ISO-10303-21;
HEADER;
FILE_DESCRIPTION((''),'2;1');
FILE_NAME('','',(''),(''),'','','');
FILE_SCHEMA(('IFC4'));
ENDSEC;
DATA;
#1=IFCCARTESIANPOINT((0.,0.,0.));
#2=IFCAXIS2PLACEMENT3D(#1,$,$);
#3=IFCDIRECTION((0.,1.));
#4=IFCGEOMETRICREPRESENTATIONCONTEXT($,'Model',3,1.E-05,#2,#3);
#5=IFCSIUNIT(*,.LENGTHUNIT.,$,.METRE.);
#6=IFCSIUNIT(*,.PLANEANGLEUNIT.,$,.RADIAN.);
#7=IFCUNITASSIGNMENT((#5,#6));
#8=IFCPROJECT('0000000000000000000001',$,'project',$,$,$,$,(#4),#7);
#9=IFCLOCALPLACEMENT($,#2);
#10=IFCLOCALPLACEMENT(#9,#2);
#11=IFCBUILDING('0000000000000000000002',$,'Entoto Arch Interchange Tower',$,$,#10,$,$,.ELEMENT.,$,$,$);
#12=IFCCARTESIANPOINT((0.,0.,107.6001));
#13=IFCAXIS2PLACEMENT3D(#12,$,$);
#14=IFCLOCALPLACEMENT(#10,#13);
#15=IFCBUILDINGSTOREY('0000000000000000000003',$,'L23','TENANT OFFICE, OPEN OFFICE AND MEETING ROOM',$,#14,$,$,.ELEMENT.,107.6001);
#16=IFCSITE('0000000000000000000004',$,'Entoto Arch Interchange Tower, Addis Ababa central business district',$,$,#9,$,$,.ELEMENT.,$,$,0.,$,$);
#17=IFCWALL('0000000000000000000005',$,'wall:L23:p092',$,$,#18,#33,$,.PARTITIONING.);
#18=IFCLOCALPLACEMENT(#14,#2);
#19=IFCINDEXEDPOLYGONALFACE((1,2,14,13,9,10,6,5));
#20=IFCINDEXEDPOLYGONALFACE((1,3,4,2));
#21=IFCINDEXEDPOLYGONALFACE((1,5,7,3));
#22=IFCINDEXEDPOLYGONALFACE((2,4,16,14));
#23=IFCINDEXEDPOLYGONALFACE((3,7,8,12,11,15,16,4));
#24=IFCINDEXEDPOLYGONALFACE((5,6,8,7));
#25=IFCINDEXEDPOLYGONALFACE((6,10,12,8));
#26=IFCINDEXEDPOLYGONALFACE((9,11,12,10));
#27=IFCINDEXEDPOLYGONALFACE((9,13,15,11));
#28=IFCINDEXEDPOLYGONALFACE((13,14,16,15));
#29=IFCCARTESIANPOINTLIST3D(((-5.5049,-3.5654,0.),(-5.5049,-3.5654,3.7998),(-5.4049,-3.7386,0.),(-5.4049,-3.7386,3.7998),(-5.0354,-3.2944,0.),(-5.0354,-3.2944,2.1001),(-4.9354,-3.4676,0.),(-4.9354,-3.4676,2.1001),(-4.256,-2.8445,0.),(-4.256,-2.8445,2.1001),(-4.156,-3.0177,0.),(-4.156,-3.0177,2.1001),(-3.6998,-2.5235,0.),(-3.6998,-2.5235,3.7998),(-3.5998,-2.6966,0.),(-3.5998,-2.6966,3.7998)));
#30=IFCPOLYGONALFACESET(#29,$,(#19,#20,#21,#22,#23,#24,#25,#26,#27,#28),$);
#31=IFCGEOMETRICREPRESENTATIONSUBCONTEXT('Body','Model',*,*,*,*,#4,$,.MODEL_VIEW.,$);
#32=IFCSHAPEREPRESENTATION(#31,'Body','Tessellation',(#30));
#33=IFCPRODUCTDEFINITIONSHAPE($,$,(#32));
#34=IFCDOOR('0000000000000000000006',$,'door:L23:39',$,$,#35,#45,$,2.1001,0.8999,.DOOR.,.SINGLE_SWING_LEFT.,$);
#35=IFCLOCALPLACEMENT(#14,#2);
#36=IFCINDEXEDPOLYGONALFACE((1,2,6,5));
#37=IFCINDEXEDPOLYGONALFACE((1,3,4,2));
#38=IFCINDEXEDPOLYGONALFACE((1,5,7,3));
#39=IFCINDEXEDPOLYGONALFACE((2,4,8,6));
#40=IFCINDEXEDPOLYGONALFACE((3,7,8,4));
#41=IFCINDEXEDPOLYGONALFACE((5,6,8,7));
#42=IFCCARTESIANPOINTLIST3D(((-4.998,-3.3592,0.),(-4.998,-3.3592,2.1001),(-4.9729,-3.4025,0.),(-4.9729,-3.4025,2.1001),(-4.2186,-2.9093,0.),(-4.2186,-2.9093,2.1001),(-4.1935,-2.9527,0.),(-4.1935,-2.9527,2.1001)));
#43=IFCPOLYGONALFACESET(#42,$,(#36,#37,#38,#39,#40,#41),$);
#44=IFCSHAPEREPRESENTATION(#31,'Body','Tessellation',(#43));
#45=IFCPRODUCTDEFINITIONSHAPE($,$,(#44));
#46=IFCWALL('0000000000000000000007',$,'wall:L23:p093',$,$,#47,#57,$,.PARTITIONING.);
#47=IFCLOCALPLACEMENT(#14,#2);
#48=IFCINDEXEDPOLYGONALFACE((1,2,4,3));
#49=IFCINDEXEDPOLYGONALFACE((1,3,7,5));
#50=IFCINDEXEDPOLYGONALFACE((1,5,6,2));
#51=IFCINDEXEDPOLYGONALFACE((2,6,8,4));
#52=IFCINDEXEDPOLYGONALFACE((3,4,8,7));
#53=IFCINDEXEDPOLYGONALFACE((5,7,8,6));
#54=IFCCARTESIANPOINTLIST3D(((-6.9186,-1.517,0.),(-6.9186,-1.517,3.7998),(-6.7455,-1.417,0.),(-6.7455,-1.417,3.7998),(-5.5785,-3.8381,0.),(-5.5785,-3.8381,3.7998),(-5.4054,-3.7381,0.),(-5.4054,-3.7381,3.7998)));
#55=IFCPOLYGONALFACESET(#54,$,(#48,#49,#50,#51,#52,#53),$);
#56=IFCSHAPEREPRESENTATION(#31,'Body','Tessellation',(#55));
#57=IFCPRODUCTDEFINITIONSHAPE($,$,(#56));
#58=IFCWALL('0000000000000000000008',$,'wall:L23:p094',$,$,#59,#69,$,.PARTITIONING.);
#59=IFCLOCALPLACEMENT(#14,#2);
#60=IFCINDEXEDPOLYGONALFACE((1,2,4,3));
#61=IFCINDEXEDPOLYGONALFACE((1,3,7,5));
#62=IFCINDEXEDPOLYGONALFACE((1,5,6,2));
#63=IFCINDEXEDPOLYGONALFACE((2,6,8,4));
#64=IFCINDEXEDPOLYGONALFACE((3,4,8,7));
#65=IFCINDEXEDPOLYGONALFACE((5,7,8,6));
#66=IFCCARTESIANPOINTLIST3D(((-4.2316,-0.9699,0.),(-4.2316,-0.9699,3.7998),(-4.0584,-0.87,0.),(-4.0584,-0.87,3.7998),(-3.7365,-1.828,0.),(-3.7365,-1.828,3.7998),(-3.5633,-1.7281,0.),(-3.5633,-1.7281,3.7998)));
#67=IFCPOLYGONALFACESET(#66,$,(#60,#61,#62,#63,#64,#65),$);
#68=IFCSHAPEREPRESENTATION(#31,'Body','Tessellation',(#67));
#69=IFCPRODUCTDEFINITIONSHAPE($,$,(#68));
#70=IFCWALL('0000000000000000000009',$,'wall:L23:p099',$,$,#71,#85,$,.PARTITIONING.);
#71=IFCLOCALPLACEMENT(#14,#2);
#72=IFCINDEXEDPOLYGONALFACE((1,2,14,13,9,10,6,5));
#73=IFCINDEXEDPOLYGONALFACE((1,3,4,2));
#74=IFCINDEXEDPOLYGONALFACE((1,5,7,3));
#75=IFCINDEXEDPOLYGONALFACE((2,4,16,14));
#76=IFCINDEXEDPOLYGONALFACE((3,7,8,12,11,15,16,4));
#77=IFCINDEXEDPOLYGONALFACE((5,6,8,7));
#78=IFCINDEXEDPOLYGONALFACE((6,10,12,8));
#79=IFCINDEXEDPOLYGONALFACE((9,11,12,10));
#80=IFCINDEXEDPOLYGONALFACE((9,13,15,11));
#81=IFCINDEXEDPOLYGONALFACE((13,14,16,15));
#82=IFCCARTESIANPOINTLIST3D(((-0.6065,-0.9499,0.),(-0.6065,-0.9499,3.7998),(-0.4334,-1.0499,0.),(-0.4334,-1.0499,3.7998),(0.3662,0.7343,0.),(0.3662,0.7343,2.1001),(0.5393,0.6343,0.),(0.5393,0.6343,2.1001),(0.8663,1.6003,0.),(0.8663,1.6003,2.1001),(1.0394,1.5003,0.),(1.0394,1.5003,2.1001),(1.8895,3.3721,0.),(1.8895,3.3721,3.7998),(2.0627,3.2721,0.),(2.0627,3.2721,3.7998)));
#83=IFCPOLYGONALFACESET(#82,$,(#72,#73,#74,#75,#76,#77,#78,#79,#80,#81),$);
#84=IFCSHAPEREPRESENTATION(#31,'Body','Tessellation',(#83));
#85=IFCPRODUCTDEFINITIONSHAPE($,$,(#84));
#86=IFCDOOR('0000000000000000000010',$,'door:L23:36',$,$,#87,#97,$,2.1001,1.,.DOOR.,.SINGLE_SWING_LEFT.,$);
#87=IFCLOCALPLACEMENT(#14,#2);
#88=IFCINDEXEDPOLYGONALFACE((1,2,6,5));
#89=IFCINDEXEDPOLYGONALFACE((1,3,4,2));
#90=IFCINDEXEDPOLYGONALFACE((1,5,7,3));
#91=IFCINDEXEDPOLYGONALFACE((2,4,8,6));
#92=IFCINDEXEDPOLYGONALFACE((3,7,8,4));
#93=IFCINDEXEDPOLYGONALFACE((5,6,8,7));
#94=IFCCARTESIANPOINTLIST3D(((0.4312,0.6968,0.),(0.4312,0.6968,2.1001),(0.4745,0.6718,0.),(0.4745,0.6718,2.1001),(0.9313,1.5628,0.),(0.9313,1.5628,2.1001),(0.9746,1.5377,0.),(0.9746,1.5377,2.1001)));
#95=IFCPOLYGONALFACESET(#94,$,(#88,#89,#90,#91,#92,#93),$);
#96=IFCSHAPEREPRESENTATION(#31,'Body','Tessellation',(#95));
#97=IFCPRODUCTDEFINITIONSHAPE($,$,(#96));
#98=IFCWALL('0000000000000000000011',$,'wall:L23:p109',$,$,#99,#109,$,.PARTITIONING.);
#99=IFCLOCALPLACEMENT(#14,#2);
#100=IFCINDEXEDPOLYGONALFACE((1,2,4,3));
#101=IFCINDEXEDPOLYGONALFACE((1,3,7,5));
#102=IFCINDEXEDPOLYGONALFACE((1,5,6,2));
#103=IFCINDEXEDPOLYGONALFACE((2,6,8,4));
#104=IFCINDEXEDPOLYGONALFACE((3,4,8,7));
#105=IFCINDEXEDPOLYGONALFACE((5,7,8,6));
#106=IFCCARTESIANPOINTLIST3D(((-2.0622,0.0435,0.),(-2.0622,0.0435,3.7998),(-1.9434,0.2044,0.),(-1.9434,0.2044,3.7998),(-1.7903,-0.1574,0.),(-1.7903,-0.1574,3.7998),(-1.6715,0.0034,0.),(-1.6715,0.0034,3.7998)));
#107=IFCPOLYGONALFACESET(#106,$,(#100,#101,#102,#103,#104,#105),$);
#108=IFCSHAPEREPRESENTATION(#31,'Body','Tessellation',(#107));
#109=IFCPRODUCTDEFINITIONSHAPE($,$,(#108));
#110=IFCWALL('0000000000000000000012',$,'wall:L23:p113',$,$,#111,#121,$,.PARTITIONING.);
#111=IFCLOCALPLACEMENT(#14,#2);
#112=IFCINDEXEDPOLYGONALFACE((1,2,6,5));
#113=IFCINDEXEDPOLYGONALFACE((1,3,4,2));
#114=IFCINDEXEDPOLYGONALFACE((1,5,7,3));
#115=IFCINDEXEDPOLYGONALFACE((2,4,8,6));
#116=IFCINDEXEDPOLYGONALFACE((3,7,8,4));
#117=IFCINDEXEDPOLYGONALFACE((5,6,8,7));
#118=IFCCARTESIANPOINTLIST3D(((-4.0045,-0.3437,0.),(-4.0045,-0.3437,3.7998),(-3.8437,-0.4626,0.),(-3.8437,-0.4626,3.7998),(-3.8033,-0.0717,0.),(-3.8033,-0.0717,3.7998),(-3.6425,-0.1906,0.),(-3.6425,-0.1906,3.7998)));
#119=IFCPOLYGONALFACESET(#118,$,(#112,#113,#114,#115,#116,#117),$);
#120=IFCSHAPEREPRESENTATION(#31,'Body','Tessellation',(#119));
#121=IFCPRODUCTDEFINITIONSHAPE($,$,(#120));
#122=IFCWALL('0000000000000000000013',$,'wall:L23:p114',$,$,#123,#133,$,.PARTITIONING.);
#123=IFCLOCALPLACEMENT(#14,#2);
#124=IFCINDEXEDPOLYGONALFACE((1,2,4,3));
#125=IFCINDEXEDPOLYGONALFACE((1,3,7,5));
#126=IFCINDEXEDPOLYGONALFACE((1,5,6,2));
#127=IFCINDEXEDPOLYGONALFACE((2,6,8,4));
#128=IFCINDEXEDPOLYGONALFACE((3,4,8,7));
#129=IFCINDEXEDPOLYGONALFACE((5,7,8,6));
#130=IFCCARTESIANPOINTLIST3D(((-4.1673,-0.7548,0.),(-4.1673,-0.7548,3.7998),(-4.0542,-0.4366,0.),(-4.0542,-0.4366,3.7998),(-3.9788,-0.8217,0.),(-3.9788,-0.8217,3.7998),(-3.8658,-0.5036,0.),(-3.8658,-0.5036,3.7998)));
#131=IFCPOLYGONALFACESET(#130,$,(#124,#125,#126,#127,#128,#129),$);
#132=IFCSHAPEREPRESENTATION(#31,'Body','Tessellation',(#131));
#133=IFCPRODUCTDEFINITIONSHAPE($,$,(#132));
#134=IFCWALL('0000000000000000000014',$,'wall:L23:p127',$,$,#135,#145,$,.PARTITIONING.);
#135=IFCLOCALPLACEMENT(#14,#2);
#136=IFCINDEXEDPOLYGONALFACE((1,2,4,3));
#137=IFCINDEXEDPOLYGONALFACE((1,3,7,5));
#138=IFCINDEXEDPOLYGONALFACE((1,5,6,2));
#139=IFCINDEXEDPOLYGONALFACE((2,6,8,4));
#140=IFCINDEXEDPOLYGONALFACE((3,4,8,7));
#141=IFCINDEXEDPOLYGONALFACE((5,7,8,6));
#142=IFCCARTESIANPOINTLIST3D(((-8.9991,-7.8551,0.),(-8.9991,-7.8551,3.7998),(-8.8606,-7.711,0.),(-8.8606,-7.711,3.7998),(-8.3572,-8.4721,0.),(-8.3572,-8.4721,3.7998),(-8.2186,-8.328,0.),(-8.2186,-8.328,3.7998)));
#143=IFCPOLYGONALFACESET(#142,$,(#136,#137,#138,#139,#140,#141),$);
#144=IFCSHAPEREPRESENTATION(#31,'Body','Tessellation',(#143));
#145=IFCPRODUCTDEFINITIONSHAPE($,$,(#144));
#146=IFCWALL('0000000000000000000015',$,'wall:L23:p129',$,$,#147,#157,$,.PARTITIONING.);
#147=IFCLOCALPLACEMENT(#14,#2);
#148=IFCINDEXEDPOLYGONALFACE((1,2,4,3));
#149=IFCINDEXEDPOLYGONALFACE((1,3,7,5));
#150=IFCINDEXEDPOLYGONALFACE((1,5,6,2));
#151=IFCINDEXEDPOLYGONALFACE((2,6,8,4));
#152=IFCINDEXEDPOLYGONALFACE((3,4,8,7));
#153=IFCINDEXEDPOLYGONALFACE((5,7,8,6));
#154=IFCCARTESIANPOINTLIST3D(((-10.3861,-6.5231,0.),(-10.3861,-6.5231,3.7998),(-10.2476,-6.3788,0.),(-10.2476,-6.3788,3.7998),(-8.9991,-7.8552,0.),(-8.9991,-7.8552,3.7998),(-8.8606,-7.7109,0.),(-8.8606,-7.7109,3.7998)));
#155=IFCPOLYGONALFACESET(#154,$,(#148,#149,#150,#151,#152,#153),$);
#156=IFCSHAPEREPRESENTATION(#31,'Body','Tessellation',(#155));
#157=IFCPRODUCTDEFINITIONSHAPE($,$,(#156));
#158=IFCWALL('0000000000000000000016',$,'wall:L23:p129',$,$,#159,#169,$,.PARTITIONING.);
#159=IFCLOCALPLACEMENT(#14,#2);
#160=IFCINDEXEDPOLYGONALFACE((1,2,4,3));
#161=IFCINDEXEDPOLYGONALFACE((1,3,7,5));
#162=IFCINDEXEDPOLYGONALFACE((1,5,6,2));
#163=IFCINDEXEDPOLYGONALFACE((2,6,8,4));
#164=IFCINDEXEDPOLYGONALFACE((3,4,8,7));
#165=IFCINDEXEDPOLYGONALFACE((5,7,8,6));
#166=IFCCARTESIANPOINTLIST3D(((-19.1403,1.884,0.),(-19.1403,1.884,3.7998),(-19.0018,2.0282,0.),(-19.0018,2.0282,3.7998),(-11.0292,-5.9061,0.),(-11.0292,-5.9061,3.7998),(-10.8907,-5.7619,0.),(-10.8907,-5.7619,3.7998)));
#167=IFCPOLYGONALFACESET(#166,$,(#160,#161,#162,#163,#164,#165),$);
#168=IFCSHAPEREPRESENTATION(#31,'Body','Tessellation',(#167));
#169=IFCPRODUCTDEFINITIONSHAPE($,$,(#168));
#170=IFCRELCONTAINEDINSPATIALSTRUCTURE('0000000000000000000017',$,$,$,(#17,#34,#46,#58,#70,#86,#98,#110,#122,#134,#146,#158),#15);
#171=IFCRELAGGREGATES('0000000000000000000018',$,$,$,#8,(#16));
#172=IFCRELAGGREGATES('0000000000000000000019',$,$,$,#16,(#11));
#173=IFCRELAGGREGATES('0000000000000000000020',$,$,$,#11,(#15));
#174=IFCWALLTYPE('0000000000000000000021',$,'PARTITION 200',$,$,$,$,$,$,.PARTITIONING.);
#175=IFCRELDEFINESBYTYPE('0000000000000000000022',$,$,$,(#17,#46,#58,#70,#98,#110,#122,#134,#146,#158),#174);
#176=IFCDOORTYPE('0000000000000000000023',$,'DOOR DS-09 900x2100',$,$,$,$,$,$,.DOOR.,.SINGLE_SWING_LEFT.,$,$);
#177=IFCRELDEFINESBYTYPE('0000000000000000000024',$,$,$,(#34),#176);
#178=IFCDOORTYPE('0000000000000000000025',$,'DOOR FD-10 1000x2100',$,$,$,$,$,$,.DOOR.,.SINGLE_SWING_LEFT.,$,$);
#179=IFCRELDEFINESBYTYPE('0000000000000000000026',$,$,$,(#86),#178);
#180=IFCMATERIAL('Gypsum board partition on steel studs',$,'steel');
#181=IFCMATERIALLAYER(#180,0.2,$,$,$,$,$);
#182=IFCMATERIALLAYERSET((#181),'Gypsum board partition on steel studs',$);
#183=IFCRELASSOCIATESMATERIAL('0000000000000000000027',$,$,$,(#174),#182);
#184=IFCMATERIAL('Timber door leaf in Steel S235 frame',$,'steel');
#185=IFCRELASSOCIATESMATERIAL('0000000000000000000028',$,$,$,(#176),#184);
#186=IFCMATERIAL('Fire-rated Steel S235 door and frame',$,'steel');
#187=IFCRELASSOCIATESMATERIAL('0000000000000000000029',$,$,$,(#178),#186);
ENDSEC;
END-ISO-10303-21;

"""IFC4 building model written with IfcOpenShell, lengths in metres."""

from ifc_helpers import new_model, si_unit, direction, frame, frame_2d, origin, place, context, subcontext, project, spatial, rectangle, extrude, material, layer, layer_set, type_object, element, fill, save


model = new_model("IFC4")

# Units and contexts
model_context = context("Model", 3, precision=1e-05, world=origin(), true_north=direction((0.0, 1.0)))
body_context = subcontext(model_context, "Body", "Model", "MODEL_VIEW")
ifc_project = project(units=[si_unit("LENGTHUNIT", "METRE"), si_unit("PLANEANGLEUNIT", "RADIAN")], contexts=[model_context])

# Site, building, storey
site_placement = place(None, origin())
site = spatial("IfcSite", under=ifc_project, at=site_placement, Name="Entoto Arch Interchange Tower, Addis Ababa central business district", CompositionType="ELEMENT", RefElevation=0.0)
building_placement = place(site_placement, origin())
building = spatial("IfcBuilding", under=site, at=building_placement, Name="Entoto Arch Interchange Tower", CompositionType="ELEMENT")
storey_placement = place(building_placement, frame((0.0, 0.0, 107.6001)))
storey = spatial("IfcBuildingStorey", under=building, at=storey_placement, Name="L23", Description="TENANT OFFICE, OPEN OFFICE AND MEETING ROOM", CompositionType="ELEMENT", Elevation=107.6001)

# Shared definitions
ifc_material_1 = material(Name="Gypsum board partition on steel studs", Category="steel")
ifc_layer_1 = layer(ifc_material_1, 0.2)
ifc_layer_set_1 = layer_set([ifc_layer_1], Name="Gypsum board partition on steel studs")
wall_type_1 = type_object("IfcWallType", Name="PARTITION 200", PredefinedType="PARTITIONING", material=ifc_layer_set_1)

# Wall, opening, door
wall_1_placement = place(storey_placement, frame((-3.6499, -2.6101, 0.0), z_axis=(0.0, 0.0, 1.0), x_axis=(-0.866072, -0.499918, 0.0)))
wall_1 = element("IfcWall", 1, at=wall_1_placement, inside=storey, type_object=wall_type_1, Name="wall:L23:p092", PredefinedType="PARTITIONING", context=body_context, shape_type="SweptSolid", body=[
    extrude(rectangle(XDim=2.0842, YDim=0.2, at=frame_2d((1.042, 0.0))), origin(), (0.0, 0.0, 1.0), 3.7998),
])
opening_1_placement = place(wall_1_placement, frame((0.6421, 0.0, 0.0)))
opening_1 = element("IfcOpeningElement", 2, at=opening_1_placement, cuts=wall_1, PredefinedType="OPENING", context=body_context, shape_type="SweptSolid", body=[
    extrude(rectangle(XDim=0.8999, YDim=2.1001, at=frame_2d((0.45, 1.05))), frame((0.0, 0.1099, 0.0), z_axis=(0.0, -1.0, 0.0), x_axis=(1.0, 0.0, 0.0)), (0.0, 0.0, 1.0), 0.22),
])
ifc_material_2 = material(Name="Timber door leaf in Steel S235 frame", Category="steel")
door_type_1 = type_object("IfcDoorType", Name="DOOR DS-09 900x2100", OperationType="SINGLE_SWING_LEFT", PredefinedType="DOOR", material=ifc_material_2)
door_1_placement = place(opening_1_placement, origin())
door_1 = element("IfcDoor", 3, at=door_1_placement, inside=storey, type_object=door_type_1, Name="door:L23:39", OperationType="SINGLE_SWING_LEFT", OverallHeight=2.1001, OverallWidth=0.8999, PredefinedType="DOOR", context=body_context, shape_type="SweptSolid", body=[
    extrude(rectangle(XDim=0.8999, YDim=2.1001, at=frame_2d((0.45, 1.05))), frame((0.0, 0.0249, 0.0), z_axis=(0.0, -1.0, 0.0), x_axis=(1.0, 0.0, 0.0)), (0.0, 0.0, 1.0), 0.05),
])
fill(opening_1, door_1)

# Walls
wall_2_placement = place(storey_placement, frame((-5.4919, -3.7881, 0.0), z_axis=(0.0, 0.0, 1.0), x_axis=(-0.500009, 0.86602, 0.0)))
element("IfcWall", 4, at=wall_2_placement, inside=storey, type_object=wall_type_1, Name="wall:L23:p093", PredefinedType="PARTITIONING", context=body_context, shape_type="SweptSolid", body=[
    extrude(rectangle(XDim=2.6802, YDim=0.2, at=frame_2d((1.3401, 0.0))), origin(), (0.0, 0.0, 1.0), 3.7998),
])
wall_3_placement = place(storey_placement, frame((-4.145, -0.9199, 0.0), z_axis=(0.0, 0.0, 1.0), x_axis=(0.499744, -0.866173, 0.0)))
element("IfcWall", 5, at=wall_3_placement, inside=storey, type_object=wall_type_1, Name="wall:L23:p094", PredefinedType="PARTITIONING", context=body_context, shape_type="SweptSolid", body=[
    extrude(rectangle(XDim=0.9907, YDim=0.2, at=frame_2d((0.4954, 0.0))), origin(), (0.0, 0.0, 1.0), 3.7998),
])

# Wall, opening, door
wall_4_placement = place(storey_placement, frame((-0.52, -1.0, 0.0), z_axis=(0.0, 0.0, 1.0), x_axis=(0.500116, 0.865958, 0.0)))
wall_4 = element("IfcWall", 6, at=wall_4_placement, inside=storey, type_object=wall_type_1, Name="wall:L23:p099", PredefinedType="PARTITIONING", context=body_context, shape_type="SweptSolid", body=[
    extrude(rectangle(XDim=4.991, YDim=0.2, at=frame_2d((2.4956, 0.0))), origin(), (0.0, 0.0, 1.0), 3.7998),
])
opening_2_placement = place(wall_4_placement, frame((1.9451, 0.0, 0.0)))
opening_2 = element("IfcOpeningElement", 7, at=opening_2_placement, cuts=wall_4, PredefinedType="OPENING", context=body_context, shape_type="SweptSolid", body=[
    extrude(rectangle(XDim=1.0, YDim=2.1001, at=frame_2d((0.5, 1.05))), frame((0.0, 0.1099, 0.0), z_axis=(0.0, -1.0, 0.0), x_axis=(1.0, 0.0, 0.0)), (0.0, 0.0, 1.0), 0.22),
])
ifc_material_3 = material(Name="Fire-rated Steel S235 door and frame", Category="steel")
door_type_2 = type_object("IfcDoorType", Name="DOOR FD-10 1000x2100", OperationType="SINGLE_SWING_LEFT", PredefinedType="DOOR", material=ifc_material_3)
door_2_placement = place(opening_2_placement, origin())
door_2 = element("IfcDoor", 8, at=door_2_placement, inside=storey, type_object=door_type_2, Name="door:L23:36", OperationType="SINGLE_SWING_LEFT", OverallHeight=2.1001, OverallWidth=1.0, PredefinedType="DOOR", context=body_context, shape_type="SweptSolid", body=[
    extrude(rectangle(XDim=1.0, YDim=2.1001, at=frame_2d((0.5, 1.05))), frame((0.0, 0.0249, 0.0), z_axis=(0.0, -1.0, 0.0), x_axis=(1.0, 0.0, 0.0)), (0.0, 0.0, 1.0), 0.05),
])
fill(opening_2, door_2)

# Walls
wall_5_placement = place(storey_placement, frame((-1.731, -0.0769, 0.0), z_axis=(0.0, 0.0, 1.0), x_axis=(-0.804311, 0.594208, 0.0)))
element("IfcWall", 9, at=wall_5_placement, inside=storey, type_object=wall_type_1, Name="wall:L23:p109", PredefinedType="PARTITIONING", context=body_context, shape_type="SweptSolid", body=[
    extrude(rectangle(XDim=0.3381, YDim=0.2, at=frame_2d((0.1689, 0.0))), origin(), (0.0, 0.0, 1.0), 3.7998),
])
wall_6_placement = place(storey_placement, frame((-3.7229, -0.1311, 0.0), z_axis=(0.0, 0.0, 1.0), x_axis=(-0.594675, -0.803966, 0.0)))
element("IfcWall", 10, at=wall_6_placement, inside=storey, type_object=wall_type_1, Name="wall:L23:p113", PredefinedType="PARTITIONING", context=body_context, shape_type="SweptSolid", body=[
    extrude(rectangle(XDim=0.3384, YDim=0.2, at=frame_2d((0.1692, 0.0))), origin(), (0.0, 0.0, 1.0), 3.7998),
])
wall_7_placement = place(storey_placement, frame((-3.96, -0.47, 0.0), z_axis=(0.0, 0.0, 1.0), x_axis=(-0.334824, -0.942281, 0.0)))
element("IfcWall", 11, at=wall_7_placement, inside=storey, type_object=wall_type_1, Name="wall:L23:p114", PredefinedType="PARTITIONING", context=body_context, shape_type="SweptSolid", body=[
    extrude(rectangle(XDim=0.3376, YDim=0.2, at=frame_2d((0.1689, 0.0))), origin(), (0.0, 0.0, 1.0), 3.7998),
])
wall_8_placement = place(storey_placement, frame((-8.9299, -7.783, 0.0), z_axis=(0.0, 0.0, 1.0), x_axis=(0.720954, -0.692983, 0.0)))
element("IfcWall", 12, at=wall_8_placement, inside=storey, type_object=wall_type_1, Name="wall:L23:p127", PredefinedType="PARTITIONING", context=body_context, shape_type="SweptSolid", body=[
    extrude(rectangle(XDim=0.8904, YDim=0.2, at=frame_2d((0.4453, 0.0))), origin(), (0.0, 0.0, 1.0), 3.7998),
])
wall_9_placement = place(storey_placement, frame((-8.9299, -7.783, 0.0), z_axis=(0.0, 0.0, 1.0), x_axis=(-0.721245, 0.69268, 0.0)))
element("IfcWall", 13, at=wall_9_placement, inside=storey, type_object=wall_type_1, Name="wall:L23:p129", PredefinedType="PARTITIONING", context=body_context, shape_type="SweptSolid", body=[
    extrude(rectangle(XDim=1.9231, YDim=0.2, at=frame_2d((0.9614, 0.0))), origin(), (0.0, 0.0, 1.0), 3.7998),
])
wall_10_placement = place(storey_placement, frame((-10.96, -5.834, 0.0), z_axis=(0.0, 0.0, 1.0), x_axis=(-0.721236, 0.692689, 0.0)))
element("IfcWall", 14, at=wall_10_placement, inside=storey, type_object=wall_type_1, Name="wall:L23:p129", PredefinedType="PARTITIONING", context=body_context, shape_type="SweptSolid", body=[
    extrude(rectangle(XDim=11.2461, YDim=0.2, at=frame_2d((5.623, 0.0))), origin(), (0.0, 0.0, 1.0), 3.7998),
])

save(model, "model.ifc")
